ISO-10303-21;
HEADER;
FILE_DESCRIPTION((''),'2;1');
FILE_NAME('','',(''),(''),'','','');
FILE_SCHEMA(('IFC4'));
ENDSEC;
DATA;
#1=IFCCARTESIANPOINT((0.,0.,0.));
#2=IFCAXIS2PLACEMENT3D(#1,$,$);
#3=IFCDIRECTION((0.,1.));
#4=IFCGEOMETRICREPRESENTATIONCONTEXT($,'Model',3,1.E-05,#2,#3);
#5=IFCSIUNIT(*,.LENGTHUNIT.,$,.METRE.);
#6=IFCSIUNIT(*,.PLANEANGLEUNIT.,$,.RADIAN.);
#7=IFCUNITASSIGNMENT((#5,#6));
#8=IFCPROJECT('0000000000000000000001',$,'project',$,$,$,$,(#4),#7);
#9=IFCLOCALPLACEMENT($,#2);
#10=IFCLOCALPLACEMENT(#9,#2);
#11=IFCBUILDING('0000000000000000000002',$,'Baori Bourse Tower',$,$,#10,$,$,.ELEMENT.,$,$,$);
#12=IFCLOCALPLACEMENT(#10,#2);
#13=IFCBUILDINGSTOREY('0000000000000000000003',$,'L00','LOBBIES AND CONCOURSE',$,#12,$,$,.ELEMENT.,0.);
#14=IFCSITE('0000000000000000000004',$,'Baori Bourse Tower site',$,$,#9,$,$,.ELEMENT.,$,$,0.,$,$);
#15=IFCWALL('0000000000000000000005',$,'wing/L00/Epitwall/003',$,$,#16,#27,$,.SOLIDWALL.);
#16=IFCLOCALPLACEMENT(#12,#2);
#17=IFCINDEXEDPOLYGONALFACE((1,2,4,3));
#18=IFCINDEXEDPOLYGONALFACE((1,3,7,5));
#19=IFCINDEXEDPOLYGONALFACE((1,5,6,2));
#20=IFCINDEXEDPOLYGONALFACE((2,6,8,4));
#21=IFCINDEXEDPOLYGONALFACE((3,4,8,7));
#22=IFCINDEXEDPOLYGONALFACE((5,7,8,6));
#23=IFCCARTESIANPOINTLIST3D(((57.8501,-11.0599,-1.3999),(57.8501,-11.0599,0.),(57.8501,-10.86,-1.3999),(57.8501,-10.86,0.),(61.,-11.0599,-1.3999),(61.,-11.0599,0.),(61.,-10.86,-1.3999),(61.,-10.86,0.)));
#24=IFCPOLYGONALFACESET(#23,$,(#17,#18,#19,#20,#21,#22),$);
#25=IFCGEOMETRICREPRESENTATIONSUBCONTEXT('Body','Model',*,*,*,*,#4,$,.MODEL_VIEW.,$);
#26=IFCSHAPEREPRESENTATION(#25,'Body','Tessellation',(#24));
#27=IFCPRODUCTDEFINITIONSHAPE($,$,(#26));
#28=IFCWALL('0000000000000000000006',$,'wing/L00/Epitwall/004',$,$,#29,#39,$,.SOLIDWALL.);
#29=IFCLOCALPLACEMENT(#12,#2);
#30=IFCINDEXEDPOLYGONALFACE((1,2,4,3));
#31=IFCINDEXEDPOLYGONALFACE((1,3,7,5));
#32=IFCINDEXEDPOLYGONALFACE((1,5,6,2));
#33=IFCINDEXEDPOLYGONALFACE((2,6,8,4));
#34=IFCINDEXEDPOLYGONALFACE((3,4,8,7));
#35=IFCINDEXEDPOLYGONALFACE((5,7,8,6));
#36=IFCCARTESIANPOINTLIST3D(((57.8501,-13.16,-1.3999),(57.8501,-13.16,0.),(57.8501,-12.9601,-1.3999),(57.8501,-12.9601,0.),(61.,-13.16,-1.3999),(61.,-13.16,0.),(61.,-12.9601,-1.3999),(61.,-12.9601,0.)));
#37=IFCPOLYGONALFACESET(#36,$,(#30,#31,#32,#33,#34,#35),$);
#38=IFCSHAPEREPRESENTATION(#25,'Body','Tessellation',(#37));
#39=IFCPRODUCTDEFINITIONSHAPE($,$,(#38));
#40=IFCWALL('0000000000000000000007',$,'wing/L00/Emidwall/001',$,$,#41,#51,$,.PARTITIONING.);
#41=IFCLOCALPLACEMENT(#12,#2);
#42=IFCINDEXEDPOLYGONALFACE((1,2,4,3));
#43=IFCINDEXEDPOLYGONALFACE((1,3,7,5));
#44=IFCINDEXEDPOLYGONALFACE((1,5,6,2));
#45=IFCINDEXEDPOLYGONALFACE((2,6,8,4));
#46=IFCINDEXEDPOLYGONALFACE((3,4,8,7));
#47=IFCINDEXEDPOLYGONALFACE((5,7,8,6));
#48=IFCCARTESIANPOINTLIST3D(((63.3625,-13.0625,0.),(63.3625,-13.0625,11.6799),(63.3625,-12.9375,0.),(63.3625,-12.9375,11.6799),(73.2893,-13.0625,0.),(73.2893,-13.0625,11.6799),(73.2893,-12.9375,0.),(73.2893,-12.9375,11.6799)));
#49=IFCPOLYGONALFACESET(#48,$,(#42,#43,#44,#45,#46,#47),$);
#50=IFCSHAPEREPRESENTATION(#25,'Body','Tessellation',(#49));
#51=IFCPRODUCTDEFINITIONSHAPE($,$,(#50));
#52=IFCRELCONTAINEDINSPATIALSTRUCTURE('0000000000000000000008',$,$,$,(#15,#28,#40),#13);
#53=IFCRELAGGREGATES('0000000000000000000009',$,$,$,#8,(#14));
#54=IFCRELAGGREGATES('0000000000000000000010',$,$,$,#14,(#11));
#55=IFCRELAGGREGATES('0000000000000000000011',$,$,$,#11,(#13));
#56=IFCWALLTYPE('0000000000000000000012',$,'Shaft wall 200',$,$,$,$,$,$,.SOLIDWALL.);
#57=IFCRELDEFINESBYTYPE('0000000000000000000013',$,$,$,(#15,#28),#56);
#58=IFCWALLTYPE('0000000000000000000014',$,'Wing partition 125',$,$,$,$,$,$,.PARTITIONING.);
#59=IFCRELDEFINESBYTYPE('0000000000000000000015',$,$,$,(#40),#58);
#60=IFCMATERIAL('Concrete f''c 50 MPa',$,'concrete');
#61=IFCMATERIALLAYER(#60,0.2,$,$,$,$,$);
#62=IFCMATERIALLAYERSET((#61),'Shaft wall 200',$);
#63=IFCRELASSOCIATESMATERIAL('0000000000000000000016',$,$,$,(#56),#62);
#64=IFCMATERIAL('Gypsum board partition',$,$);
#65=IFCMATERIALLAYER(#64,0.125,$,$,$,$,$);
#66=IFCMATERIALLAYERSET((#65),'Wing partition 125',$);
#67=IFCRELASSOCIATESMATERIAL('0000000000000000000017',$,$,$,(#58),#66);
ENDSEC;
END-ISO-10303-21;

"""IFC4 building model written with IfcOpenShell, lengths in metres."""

from ifc_helpers import new_model, si_unit, direction, frame, frame_2d, origin, place, context, subcontext, project, spatial, rectangle, extrude, material, layer, layer_set, type_object, element, save


model = new_model("IFC4")

# Units and contexts
model_context = context("Model", 3, precision=1e-05, world=origin(), true_north=direction((0.0, 1.0)))
body_context = subcontext(model_context, "Body", "Model", "MODEL_VIEW")
ifc_project = project(units=[si_unit("LENGTHUNIT", "METRE"), si_unit("PLANEANGLEUNIT", "RADIAN")], contexts=[model_context])

# Site, building, storey
site_placement = place(None, origin())
site = spatial("IfcSite", under=ifc_project, at=site_placement, Name="Baori Bourse Tower site", CompositionType="ELEMENT", RefElevation=0.0)
building_placement = place(site_placement, origin())
building = spatial("IfcBuilding", under=site, at=building_placement, Name="Baori Bourse Tower", CompositionType="ELEMENT")
storey_placement = place(building_placement, origin())
storey = spatial("IfcBuildingStorey", under=building, at=storey_placement, Name="L00", Description="LOBBIES AND CONCOURSE", CompositionType="ELEMENT", Elevation=0.0)

# Shared definitions
ifc_material_1 = material(Name="Concrete f'c 50 MPa", Category="concrete")
ifc_layer_1 = layer(ifc_material_1, 0.2)
ifc_layer_set_1 = layer_set([ifc_layer_1], Name="Shaft wall 200")
wall_type_1 = type_object("IfcWallType", Name="Shaft wall 200", PredefinedType="SOLIDWALL", material=ifc_layer_set_1)

# Walls
for number, where, z_axis, x_axis, name in (
    (1, (61.0, -10.96, -1.3999), (0.0, 0.0, 1.0), (-1.0, 0.0, 0.0), "wing/L00/Epitwall/003"),
    (2, (61.0, -13.0601, -1.3999), (0.0, 0.0, 1.0), (-1.0, 0.0, 0.0), "wing/L00/Epitwall/004"),
):
    element("IfcWall", number, at=place(storey_placement, frame(where, z_axis=z_axis, x_axis=x_axis)), inside=storey, type_object=wall_type_1, Name=name, PredefinedType="SOLIDWALL", context=body_context, shape_type="SweptSolid", body=[
        extrude(rectangle(XDim=3.1499, YDim=0.2, at=frame_2d((1.575, 0.0))), origin(), (0.0, 0.0, 1.0), 1.3999),
    ])
ifc_material_2 = material(Name="Gypsum board partition")
ifc_layer_2 = layer(ifc_material_2, 0.125)
ifc_layer_set_2 = layer_set([ifc_layer_2], Name="Wing partition 125")
wall_type_2 = type_object("IfcWallType", Name="Wing partition 125", PredefinedType="PARTITIONING", material=ifc_layer_set_2)
wall_1_placement = place(storey_placement, frame((63.3625, -13.0, 0.0), z_axis=(0.0, 0.0, 1.0), x_axis=(1.0, 0.0, 0.0)))
element("IfcWall", 3, at=wall_1_placement, inside=storey, type_object=wall_type_2, Name="wing/L00/Emidwall/001", PredefinedType="PARTITIONING", context=body_context, shape_type="SweptSolid", body=[
    extrude(rectangle(XDim=9.9268, YDim=0.125, at=frame_2d((4.9634, 0.0))), origin(), (0.0, 0.0, 1.0), 11.6799),
])

save(model, "model.ifc")
